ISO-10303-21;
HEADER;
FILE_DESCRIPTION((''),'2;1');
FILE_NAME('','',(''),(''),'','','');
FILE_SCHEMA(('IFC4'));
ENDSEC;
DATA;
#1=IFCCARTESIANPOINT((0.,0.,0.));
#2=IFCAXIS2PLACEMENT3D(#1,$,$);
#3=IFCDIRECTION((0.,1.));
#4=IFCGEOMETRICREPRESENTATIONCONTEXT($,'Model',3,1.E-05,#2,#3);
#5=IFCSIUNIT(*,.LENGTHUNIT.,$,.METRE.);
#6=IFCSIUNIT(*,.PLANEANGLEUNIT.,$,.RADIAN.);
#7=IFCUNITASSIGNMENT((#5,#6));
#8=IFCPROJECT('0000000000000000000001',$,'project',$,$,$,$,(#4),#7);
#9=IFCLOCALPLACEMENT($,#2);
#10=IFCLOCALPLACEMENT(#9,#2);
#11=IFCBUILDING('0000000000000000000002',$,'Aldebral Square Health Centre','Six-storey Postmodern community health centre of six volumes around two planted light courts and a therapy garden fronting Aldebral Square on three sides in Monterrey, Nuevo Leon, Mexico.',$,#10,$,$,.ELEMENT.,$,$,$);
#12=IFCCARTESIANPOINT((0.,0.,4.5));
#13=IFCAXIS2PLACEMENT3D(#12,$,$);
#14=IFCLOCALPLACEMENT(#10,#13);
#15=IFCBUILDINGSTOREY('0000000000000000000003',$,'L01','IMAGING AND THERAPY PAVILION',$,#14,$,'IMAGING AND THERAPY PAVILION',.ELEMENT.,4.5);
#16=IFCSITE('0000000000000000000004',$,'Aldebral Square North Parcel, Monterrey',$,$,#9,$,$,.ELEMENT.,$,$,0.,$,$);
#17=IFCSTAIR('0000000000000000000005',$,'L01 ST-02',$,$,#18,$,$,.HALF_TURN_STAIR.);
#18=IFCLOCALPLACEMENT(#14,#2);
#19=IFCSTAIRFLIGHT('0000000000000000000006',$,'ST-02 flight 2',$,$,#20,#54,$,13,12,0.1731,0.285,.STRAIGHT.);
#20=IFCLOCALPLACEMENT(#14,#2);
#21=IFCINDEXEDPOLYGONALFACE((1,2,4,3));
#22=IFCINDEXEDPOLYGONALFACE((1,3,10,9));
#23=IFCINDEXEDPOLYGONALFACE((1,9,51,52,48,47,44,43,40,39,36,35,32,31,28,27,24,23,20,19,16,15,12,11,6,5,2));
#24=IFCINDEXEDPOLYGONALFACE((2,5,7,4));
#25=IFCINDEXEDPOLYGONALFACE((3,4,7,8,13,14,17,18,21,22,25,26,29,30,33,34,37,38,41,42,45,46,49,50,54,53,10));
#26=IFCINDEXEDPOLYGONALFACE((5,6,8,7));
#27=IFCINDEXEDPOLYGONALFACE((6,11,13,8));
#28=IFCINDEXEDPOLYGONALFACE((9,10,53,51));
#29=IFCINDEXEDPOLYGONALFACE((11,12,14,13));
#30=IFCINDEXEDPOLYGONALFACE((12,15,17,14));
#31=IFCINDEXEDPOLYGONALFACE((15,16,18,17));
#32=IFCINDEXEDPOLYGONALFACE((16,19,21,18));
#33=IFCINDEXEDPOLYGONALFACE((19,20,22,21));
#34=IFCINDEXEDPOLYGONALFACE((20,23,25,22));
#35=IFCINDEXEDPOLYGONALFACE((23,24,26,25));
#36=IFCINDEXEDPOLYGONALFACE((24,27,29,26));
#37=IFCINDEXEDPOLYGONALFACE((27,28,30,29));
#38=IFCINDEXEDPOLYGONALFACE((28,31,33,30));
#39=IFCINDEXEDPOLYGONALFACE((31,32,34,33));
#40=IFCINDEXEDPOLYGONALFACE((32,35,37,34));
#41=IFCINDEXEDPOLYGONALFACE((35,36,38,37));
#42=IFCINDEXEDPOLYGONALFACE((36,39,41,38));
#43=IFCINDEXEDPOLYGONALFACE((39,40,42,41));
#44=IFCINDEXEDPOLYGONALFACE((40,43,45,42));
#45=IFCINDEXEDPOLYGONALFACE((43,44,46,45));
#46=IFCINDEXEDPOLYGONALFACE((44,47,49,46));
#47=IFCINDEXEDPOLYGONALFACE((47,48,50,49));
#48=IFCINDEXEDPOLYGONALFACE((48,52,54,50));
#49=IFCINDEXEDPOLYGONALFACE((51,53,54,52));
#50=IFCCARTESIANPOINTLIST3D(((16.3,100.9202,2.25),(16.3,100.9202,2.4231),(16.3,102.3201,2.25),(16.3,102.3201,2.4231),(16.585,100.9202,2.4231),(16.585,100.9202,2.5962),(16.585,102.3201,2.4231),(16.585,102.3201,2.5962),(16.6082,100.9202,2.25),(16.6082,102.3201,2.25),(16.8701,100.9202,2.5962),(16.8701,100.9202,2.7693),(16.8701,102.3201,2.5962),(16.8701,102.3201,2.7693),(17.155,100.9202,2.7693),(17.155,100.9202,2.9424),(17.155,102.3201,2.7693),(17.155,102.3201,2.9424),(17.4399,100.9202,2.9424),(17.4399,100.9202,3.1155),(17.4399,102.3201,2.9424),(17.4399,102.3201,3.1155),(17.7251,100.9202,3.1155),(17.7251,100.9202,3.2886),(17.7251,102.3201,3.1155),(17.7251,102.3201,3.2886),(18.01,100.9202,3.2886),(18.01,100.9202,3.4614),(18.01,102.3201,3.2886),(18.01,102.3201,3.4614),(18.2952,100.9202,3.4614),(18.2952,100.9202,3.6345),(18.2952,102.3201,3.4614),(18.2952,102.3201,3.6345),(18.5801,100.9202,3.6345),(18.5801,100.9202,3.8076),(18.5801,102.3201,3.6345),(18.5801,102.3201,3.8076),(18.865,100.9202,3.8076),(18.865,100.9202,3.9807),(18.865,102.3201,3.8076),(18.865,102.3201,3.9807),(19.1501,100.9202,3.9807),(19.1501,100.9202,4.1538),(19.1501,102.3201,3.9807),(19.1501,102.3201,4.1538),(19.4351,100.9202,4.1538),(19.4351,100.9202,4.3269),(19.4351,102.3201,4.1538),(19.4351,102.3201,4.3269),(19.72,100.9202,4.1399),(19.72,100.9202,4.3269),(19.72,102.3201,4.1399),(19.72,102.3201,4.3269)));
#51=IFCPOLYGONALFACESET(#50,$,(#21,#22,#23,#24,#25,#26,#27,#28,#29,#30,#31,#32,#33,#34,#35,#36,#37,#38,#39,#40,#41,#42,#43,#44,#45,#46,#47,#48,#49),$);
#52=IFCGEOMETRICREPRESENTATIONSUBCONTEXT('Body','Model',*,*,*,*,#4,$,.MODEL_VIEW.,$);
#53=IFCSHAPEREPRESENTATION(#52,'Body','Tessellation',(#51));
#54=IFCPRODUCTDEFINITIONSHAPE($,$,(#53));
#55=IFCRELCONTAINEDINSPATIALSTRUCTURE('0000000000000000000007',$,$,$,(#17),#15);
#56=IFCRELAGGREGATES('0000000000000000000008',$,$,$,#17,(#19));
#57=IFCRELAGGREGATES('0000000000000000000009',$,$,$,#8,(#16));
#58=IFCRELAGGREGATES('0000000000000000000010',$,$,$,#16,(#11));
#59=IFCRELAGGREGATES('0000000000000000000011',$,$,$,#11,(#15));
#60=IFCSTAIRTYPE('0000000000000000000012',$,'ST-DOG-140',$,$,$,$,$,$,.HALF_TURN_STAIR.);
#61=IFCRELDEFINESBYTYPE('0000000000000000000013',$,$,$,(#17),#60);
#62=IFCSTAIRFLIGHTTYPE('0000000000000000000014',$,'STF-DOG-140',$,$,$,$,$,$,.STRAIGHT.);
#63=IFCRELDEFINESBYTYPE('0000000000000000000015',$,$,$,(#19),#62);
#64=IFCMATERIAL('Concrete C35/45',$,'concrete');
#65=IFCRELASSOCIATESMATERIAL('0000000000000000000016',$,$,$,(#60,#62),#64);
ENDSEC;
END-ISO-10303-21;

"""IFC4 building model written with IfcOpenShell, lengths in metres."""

from ifc_helpers import new_model, si_unit, direction, frame, origin, place, context, subcontext, project, spatial, polyline, outline, extrude, material, type_object, element, aggregate, save


model = new_model("IFC4")

# Units and contexts
model_context = context("Model", 3, precision=1e-05, world=origin(), true_north=direction((0.0, 1.0)))
body_context = subcontext(model_context, "Body", "Model", "MODEL_VIEW")
ifc_project = project(units=[si_unit("LENGTHUNIT", "METRE"), si_unit("PLANEANGLEUNIT", "RADIAN")], contexts=[model_context])

# Site, building, storey
site_placement = place(None, origin())
site = spatial("IfcSite", under=ifc_project, at=site_placement, Name="Aldebral Square North Parcel, Monterrey", CompositionType="ELEMENT", RefElevation=0.0)
building_placement = place(site_placement, origin())
building = spatial("IfcBuilding", under=site, at=building_placement, Name="Aldebral Square Health Centre", Description="Six-storey Postmodern community health centre of six volumes around two planted light courts and a therapy garden fronting Aldebral Square on three sides in Monterrey, Nuevo Leon, Mexico.", CompositionType="ELEMENT")
storey_placement = place(building_placement, frame((0.0, 0.0, 4.5)))
storey = spatial("IfcBuildingStorey", under=building, at=storey_placement, Name="L01", Description="IMAGING AND THERAPY PAVILION", LongName="IMAGING AND THERAPY PAVILION", CompositionType="ELEMENT", Elevation=4.5)

# Stair, stair flight
ifc_material_1 = material(Name="Concrete C35/45", Category="concrete")
stair_type = type_object("IfcStairType", Name="ST-DOG-140", PredefinedType="HALF_TURN_STAIR", material=ifc_material_1)
stair_placement = place(storey_placement, origin())
stair = element("IfcStair", 1, at=stair_placement, inside=storey, type_object=stair_type, Name="L01 ST-02", PredefinedType="HALF_TURN_STAIR")
stair_flight_type = type_object("IfcStairFlightType", Name="STF-DOG-140", PredefinedType="STRAIGHT", material=ifc_material_1)
stair_flight_1_placement = place(storey_placement, frame((16.3, 101.6201, 2.25), z_axis=(0.0, 0.0, 1.0), x_axis=(1.0, 0.0, 0.0)))
stair_flight_1 = element("IfcStairFlight", 2, at=stair_flight_1_placement, type_object=stair_flight_type, Name="ST-02 flight 2", NumberOfRisers=13, NumberOfTreads=12, PredefinedType="STRAIGHT", RiserHeight=0.1731, TreadLength=0.285, context=body_context, shape_type="SweptSolid", body=[
    extrude(outline(polyline([(0.0, 0.0), (0.0, 0.1731), (0.2849, 0.1731), (0.2849, 0.3462), (0.5701, 0.3462), (0.5701, 0.5193), (0.855, 0.5193), (0.855, 0.6924), (1.1399, 0.6924), (1.1399, 0.8655), (1.425, 0.8655), (1.425, 1.0386), (1.71, 1.0386), (1.71, 1.2114), (1.9951, 1.2114), (1.9951, 1.3845), (2.28, 1.3845), (2.28, 1.5576), (2.5649, 1.5576), (2.5649, 1.7307), (2.8501, 1.7307), (2.8501, 1.9038), (3.135, 1.9038), (3.135, 2.0769), (3.4199, 2.0769), (3.4199, 2.25), (3.4199, 1.8899), (0.3081, 0.0), (0.0, 0.0)])), frame((0.0, 0.7, 0.0), z_axis=(0.0, -1.0, 0.0), x_axis=(1.0, 0.0, 0.0)), (0.0, 0.0, 1.0), 1.3999),
])
aggregate(stair, [stair_flight_1])

save(model, "model.ifc")
